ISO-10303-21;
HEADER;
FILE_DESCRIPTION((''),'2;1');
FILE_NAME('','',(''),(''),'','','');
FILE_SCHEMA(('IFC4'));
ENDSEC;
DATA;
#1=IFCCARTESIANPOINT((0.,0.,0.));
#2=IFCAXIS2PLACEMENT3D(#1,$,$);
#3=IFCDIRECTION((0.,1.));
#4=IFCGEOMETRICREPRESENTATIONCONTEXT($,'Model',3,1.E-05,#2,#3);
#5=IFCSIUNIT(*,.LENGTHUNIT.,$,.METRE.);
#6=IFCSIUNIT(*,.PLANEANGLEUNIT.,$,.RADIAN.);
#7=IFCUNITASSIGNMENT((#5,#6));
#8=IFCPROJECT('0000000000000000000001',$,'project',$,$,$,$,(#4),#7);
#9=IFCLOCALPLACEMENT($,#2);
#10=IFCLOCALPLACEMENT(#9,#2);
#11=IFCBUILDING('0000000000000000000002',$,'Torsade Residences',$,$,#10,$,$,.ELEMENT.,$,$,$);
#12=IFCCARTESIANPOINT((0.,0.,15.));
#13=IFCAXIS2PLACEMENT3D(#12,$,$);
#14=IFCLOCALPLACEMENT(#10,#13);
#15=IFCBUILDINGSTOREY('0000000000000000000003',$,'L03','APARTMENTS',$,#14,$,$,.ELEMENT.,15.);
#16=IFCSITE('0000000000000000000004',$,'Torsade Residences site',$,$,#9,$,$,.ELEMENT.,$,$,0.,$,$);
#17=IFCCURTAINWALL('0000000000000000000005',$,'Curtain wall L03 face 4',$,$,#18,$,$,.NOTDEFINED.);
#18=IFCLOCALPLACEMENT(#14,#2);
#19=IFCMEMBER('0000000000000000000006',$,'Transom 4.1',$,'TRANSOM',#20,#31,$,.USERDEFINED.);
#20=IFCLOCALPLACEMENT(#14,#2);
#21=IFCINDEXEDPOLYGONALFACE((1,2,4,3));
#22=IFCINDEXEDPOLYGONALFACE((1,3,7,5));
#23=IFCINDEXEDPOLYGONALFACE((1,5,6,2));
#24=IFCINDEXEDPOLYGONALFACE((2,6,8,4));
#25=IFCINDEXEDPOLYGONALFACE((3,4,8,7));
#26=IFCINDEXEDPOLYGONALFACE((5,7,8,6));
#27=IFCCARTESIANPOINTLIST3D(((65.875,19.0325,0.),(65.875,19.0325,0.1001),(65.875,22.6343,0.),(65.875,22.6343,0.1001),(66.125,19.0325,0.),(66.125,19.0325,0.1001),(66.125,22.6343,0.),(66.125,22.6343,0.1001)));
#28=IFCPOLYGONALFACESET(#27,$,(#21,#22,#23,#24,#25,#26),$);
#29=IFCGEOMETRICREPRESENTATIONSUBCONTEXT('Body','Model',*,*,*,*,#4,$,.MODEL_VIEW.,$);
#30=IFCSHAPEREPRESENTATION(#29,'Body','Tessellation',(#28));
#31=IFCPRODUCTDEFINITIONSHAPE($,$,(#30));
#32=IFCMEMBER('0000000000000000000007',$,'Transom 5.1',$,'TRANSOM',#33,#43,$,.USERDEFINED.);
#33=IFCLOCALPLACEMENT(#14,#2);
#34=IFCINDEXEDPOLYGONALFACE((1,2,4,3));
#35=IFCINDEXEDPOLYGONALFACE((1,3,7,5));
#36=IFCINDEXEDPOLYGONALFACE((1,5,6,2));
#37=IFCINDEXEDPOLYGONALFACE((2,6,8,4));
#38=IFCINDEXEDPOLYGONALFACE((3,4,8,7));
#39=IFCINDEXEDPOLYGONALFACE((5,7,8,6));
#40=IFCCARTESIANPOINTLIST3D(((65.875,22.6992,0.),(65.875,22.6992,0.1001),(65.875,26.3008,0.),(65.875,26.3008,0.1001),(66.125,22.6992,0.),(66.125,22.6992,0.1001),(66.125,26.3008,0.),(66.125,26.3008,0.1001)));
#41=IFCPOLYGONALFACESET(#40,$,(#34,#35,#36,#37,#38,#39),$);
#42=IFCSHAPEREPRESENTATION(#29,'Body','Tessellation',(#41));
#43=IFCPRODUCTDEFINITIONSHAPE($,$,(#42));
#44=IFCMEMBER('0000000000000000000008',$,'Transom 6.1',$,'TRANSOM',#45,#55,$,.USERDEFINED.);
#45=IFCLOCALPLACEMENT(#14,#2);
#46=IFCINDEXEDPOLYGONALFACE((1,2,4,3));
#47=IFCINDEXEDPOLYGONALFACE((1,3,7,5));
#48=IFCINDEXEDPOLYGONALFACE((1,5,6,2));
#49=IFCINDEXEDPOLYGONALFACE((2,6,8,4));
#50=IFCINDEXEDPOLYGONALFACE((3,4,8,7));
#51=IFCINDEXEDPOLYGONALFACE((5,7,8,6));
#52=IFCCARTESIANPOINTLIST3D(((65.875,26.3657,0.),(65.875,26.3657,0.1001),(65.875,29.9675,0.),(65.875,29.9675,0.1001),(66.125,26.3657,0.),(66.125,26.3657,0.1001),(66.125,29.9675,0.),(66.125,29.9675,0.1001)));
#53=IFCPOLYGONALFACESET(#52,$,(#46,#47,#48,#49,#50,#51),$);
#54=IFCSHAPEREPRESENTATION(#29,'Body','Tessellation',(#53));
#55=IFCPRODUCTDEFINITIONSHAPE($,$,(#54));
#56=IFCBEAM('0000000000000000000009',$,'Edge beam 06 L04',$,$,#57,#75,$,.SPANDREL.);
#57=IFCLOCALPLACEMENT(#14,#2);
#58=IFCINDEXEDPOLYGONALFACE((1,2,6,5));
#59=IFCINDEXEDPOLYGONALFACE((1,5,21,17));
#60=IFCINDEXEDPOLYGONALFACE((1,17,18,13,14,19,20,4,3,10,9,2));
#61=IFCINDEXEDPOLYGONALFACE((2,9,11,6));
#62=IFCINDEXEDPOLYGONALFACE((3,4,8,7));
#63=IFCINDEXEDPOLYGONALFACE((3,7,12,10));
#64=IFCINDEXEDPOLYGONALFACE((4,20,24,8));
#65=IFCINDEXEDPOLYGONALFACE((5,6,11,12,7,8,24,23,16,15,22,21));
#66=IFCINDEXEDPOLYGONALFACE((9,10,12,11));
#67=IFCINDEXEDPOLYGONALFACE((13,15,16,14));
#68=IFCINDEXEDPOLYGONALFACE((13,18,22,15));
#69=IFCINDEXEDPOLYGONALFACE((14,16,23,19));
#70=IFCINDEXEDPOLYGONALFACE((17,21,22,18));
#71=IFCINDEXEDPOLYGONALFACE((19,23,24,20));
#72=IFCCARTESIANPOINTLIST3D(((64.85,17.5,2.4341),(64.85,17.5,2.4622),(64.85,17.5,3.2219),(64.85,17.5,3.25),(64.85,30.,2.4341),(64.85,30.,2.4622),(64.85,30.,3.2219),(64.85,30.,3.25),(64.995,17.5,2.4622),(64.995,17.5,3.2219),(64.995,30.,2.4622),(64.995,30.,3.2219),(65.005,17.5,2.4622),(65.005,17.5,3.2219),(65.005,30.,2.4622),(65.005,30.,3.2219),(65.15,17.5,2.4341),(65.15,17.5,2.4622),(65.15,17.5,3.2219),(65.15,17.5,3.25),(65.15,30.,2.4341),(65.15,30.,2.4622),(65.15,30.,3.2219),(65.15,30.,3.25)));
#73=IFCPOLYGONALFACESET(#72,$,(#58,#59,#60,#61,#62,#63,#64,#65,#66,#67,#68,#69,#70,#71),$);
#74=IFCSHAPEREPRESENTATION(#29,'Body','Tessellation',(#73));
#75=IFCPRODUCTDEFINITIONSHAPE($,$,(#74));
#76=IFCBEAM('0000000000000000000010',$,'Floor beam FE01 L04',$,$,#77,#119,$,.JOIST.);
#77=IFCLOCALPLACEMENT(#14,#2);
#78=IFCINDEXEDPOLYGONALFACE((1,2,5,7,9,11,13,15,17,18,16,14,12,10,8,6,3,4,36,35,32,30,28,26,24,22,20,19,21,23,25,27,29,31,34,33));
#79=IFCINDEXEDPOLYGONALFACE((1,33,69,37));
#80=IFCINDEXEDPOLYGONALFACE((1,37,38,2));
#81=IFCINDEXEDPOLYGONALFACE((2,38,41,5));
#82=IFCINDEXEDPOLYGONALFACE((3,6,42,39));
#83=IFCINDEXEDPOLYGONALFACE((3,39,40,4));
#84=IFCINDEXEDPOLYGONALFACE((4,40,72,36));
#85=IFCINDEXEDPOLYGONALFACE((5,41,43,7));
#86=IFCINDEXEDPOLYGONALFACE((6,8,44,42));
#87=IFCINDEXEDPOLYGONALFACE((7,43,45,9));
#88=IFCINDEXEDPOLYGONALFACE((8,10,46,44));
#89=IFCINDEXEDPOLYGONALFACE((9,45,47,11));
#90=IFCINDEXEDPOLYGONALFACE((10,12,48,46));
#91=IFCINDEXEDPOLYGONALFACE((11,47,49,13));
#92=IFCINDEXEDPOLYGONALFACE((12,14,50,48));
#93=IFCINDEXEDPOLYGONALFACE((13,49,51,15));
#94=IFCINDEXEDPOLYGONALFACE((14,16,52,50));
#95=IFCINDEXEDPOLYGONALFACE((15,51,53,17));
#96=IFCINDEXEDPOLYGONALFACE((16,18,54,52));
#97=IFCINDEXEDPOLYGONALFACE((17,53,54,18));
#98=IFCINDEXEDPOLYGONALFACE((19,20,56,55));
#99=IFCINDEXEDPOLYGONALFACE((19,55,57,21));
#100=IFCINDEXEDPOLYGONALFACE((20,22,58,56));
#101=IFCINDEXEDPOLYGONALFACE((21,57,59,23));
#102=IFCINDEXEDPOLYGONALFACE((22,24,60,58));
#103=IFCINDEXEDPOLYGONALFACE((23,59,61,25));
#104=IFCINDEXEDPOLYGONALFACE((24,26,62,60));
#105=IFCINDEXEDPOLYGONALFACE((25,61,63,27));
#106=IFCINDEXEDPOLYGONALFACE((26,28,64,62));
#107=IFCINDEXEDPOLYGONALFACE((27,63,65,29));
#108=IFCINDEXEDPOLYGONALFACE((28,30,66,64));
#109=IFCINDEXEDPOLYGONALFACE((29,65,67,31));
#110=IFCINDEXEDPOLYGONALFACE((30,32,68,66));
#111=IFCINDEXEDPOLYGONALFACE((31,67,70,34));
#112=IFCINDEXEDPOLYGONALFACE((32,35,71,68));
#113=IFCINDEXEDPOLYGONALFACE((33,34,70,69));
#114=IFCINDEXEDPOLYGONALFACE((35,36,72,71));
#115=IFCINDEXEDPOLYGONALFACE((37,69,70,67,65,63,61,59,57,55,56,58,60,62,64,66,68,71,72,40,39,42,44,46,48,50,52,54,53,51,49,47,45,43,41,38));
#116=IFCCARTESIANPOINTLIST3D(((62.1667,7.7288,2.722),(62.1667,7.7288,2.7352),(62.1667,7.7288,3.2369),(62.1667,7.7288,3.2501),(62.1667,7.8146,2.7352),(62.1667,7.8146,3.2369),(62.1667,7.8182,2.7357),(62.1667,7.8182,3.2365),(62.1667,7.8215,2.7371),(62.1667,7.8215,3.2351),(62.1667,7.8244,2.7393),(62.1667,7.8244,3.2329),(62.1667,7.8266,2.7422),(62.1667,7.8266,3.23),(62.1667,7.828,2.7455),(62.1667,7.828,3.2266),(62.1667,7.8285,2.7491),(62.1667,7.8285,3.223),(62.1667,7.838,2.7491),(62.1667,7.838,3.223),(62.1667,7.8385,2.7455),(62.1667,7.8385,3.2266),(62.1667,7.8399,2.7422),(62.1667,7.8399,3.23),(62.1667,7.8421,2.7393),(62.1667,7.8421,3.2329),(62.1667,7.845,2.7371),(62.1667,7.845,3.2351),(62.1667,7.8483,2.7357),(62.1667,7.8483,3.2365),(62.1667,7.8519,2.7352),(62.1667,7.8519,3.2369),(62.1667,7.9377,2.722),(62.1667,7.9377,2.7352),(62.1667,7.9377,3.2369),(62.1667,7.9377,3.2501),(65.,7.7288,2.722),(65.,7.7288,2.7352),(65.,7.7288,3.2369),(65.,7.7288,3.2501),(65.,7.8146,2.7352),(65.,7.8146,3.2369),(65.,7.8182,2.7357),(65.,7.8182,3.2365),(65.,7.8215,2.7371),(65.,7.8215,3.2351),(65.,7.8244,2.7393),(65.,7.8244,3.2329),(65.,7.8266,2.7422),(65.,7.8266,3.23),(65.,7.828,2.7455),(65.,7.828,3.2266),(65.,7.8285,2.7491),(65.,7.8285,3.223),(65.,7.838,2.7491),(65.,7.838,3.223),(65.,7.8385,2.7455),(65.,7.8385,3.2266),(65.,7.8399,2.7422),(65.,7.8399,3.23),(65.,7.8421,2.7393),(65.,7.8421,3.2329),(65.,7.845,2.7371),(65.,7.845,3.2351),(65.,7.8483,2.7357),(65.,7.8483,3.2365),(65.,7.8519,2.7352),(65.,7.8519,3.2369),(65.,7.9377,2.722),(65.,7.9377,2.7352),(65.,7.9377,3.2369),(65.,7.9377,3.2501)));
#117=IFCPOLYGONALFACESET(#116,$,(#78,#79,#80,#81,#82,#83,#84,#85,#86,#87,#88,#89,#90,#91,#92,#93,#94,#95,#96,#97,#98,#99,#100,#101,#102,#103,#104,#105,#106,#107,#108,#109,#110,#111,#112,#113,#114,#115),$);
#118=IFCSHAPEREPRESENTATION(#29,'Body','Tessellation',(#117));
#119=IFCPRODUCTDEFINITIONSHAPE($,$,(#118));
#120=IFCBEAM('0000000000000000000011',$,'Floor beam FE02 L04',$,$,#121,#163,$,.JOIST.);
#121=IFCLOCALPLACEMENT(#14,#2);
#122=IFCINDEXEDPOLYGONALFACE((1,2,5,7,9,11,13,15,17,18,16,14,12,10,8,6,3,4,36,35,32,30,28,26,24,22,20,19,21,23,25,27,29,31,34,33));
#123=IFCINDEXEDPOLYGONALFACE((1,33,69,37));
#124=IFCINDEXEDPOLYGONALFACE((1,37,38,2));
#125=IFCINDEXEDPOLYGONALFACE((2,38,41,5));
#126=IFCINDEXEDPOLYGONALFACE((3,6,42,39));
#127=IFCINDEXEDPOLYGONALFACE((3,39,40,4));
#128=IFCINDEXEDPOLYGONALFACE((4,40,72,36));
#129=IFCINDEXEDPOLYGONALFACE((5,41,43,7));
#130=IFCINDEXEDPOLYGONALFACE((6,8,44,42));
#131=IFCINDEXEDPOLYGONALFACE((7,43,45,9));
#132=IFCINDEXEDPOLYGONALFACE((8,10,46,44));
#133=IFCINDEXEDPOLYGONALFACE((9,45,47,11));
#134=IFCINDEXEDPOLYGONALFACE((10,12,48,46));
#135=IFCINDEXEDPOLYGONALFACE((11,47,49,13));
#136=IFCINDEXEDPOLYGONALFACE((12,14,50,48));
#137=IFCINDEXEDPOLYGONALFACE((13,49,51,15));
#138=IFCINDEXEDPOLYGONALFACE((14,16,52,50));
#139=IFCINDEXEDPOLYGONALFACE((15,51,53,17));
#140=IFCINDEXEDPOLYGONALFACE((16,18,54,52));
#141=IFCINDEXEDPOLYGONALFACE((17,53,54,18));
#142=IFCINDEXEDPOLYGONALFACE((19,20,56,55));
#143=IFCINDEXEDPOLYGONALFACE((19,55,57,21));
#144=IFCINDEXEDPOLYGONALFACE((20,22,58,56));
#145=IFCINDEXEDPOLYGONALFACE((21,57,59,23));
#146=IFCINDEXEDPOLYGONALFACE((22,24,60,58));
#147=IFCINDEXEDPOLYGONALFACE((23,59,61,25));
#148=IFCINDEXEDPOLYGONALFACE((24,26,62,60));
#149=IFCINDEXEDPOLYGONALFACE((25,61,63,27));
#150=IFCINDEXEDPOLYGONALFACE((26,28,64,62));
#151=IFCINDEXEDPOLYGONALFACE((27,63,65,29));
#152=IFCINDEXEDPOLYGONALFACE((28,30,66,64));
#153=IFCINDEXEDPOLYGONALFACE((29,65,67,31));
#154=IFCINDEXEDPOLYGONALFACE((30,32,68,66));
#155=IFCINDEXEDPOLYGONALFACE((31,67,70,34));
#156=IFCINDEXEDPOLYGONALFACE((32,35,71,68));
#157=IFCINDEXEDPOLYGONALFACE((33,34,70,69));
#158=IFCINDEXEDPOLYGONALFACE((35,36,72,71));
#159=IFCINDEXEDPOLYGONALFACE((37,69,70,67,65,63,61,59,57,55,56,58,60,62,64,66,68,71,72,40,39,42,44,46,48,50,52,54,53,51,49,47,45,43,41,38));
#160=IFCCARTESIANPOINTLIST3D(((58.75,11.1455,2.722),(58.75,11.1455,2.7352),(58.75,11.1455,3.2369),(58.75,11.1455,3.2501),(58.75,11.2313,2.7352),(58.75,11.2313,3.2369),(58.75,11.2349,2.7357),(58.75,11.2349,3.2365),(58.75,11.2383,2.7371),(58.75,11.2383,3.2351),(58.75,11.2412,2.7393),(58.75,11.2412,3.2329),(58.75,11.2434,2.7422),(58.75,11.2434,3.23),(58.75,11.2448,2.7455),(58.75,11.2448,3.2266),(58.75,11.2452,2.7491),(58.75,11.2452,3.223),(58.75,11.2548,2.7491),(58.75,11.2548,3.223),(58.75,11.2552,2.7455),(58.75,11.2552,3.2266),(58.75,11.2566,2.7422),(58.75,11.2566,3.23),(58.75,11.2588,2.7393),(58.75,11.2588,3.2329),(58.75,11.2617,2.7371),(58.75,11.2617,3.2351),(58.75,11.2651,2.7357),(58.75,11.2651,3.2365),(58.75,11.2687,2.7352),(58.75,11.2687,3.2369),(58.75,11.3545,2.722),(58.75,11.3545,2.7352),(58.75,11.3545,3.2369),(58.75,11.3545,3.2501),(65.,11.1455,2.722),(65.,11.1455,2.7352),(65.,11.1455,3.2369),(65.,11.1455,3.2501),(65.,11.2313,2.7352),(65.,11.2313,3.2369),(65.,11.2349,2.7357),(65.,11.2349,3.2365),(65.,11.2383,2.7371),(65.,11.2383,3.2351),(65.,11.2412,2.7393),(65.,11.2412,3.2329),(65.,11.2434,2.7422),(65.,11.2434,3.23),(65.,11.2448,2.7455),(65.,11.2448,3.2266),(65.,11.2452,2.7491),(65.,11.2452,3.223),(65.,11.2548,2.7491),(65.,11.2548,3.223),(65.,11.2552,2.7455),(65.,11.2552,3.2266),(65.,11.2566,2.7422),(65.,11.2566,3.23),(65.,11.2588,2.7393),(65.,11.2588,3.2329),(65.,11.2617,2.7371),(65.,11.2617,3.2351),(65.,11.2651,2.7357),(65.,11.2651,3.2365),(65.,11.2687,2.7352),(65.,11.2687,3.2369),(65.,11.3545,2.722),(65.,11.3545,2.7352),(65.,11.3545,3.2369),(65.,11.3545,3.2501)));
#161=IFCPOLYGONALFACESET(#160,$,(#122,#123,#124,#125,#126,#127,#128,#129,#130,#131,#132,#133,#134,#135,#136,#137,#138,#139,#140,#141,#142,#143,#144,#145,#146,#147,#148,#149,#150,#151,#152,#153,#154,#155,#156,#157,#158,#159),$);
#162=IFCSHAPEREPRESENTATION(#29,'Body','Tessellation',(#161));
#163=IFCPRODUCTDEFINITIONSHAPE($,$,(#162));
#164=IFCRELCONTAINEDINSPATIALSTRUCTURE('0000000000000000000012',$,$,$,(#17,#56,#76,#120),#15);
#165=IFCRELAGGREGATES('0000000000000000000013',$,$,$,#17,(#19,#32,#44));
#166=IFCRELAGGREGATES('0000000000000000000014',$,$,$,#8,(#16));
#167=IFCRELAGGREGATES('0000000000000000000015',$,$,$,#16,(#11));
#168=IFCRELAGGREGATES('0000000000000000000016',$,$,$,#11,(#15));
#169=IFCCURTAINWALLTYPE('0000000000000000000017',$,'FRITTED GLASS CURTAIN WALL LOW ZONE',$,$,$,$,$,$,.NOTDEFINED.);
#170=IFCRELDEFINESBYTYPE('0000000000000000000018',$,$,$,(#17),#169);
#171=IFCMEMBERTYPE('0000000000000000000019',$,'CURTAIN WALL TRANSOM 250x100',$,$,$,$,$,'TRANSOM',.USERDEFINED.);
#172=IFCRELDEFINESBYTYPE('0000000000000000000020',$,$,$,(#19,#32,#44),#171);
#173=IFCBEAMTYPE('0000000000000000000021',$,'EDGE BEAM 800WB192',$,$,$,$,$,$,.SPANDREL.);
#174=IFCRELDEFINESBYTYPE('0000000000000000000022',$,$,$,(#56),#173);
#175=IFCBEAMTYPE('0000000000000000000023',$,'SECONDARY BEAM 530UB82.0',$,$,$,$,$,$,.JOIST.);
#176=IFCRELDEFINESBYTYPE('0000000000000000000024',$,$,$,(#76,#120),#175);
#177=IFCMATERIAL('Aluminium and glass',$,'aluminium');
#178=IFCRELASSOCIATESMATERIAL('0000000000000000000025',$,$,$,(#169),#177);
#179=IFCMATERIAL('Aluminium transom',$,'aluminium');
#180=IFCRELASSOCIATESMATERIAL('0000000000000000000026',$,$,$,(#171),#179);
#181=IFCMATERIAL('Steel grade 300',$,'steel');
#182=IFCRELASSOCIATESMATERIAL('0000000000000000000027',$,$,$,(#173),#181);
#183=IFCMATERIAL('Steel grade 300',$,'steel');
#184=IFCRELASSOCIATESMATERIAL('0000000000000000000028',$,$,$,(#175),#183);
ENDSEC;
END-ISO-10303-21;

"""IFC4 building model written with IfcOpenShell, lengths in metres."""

from ifc_helpers import new_model, si_unit, direction, frame, origin, origin_2d, place, context, subcontext, project, spatial, rectangle, i_section, extrude, material, material_profile, profile_set, type_object, element, aggregate, save


model = new_model("IFC4")

# Units and contexts
model_context = context("Model", 3, precision=1e-05, world=origin(), true_north=direction((0.0, 1.0)))
body_context = subcontext(model_context, "Body", "Model", "MODEL_VIEW")
ifc_project = project(units=[si_unit("LENGTHUNIT", "METRE"), si_unit("PLANEANGLEUNIT", "RADIAN")], contexts=[model_context])

# Site, building, storey
site_placement = place(None, origin())
site = spatial("IfcSite", under=ifc_project, at=site_placement, Name="Torsade Residences site", CompositionType="ELEMENT", RefElevation=0.0)
building_placement = place(site_placement, origin())
building = spatial("IfcBuilding", under=site, at=building_placement, Name="Torsade Residences", CompositionType="ELEMENT")
storey_placement = place(building_placement, frame((0.0, 0.0, 15.0)))
storey = spatial("IfcBuildingStorey", under=building, at=storey_placement, Name="L03", Description="APARTMENTS", CompositionType="ELEMENT", Elevation=15.0)

# Curtain wall, members
ifc_material_1 = material(Name="Aluminium and glass", Category="aluminium")
curtain_wall_type = type_object("IfcCurtainWallType", Name="FRITTED GLASS CURTAIN WALL LOW ZONE", PredefinedType="NOTDEFINED", material=ifc_material_1)
curtain_wall_placement = place(storey_placement, origin())
curtain_wall = element("IfcCurtainWall", 1, at=curtain_wall_placement, inside=storey, type_object=curtain_wall_type, Name="Curtain wall L03 face 4", PredefinedType="NOTDEFINED")
ifc_material_2 = material(Name="Aluminium transom", Category="aluminium")
ifc_material_profile_1 = material_profile(ifc_material_2, rectangle(XDim=0.25, YDim=0.1001, at=origin_2d()), Name="CURTAIN WALL TRANSOM 250x100")
ifc_profile_set_1 = profile_set([ifc_material_profile_1], Name="Aluminium transom")
member_type_1 = type_object("IfcMemberType", Name="CURTAIN WALL TRANSOM 250x100", ElementType="TRANSOM", PredefinedType="USERDEFINED", material=ifc_profile_set_1)
member_1_placement = place(storey_placement, frame((66.0, 19.0325, 0.05), z_axis=(0.0, 1.0, 0.0), x_axis=(-1.0, 0.0, 0.0)))
member_1 = element("IfcMember", 2, at=member_1_placement, type_object=member_type_1, Name="Transom 4.1", ObjectType="TRANSOM", PredefinedType="USERDEFINED", context=body_context, shape_type="SweptSolid", body=[
    extrude(rectangle(XDim=0.25, YDim=0.1001, at=origin_2d()), origin(), (0.0, 0.0, 1.0), 3.6018),
])
member_2_placement = place(storey_placement, frame((66.0, 22.6992, 0.05), z_axis=(0.0, 1.0, 0.0), x_axis=(-1.0, 0.0, 0.0)))
member_2 = element("IfcMember", 3, at=member_2_placement, type_object=member_type_1, Name="Transom 5.1", ObjectType="TRANSOM", PredefinedType="USERDEFINED", context=body_context, shape_type="SweptSolid", body=[
    extrude(rectangle(XDim=0.25, YDim=0.1001, at=origin_2d()), origin(), (0.0, 0.0, 1.0), 3.6016),
])
member_3_placement = place(storey_placement, frame((66.0, 26.3657, 0.05), z_axis=(0.0, 1.0, 0.0), x_axis=(-1.0, 0.0, 0.0)))
member_3 = element("IfcMember", 4, at=member_3_placement, type_object=member_type_1, Name="Transom 6.1", ObjectType="TRANSOM", PredefinedType="USERDEFINED", context=body_context, shape_type="SweptSolid", body=[
    extrude(rectangle(XDim=0.25, YDim=0.1001, at=origin_2d()), origin(), (0.0, 0.0, 1.0), 3.6018),
])

# Beams
ifc_material_3 = material(Name="Steel grade 300", Category="steel")
ifc_material_profile_2 = material_profile(ifc_material_3, i_section(OverallWidth=0.3, OverallDepth=0.8159, WebThickness=0.01, FlangeThickness=0.0281, at=origin_2d()), Name="800WB192")
ifc_profile_set_2 = profile_set([ifc_material_profile_2], Name="Steel grade 300")
beam_type_1 = type_object("IfcBeamType", Name="EDGE BEAM 800WB192", PredefinedType="SPANDREL", material=ifc_profile_set_2)
beam_1_placement = place(storey_placement, frame((65.0, 17.5, 2.842), z_axis=(0.0, 1.0, 0.0), x_axis=(-1.0, 0.0, 0.0)))
element("IfcBeam", 5, at=beam_1_placement, inside=storey, type_object=beam_type_1, Name="Edge beam 06 L04", PredefinedType="SPANDREL", context=body_context, shape_type="SweptSolid", body=[
    extrude(i_section(OverallWidth=0.3, OverallDepth=0.8159, WebThickness=0.01, FlangeThickness=0.0281, at=origin_2d()), origin(), (0.0, 0.0, 1.0), 12.5),
])
ifc_material_4 = material(Name="Steel grade 300", Category="steel")
ifc_material_profile_3 = material_profile(ifc_material_4, i_section(OverallWidth=0.209, OverallDepth=0.5281, WebThickness=0.0095, FlangeThickness=0.0132, FilletRadius=0.0139, at=origin_2d()), Name="530UB82.0")
ifc_profile_set_3 = profile_set([ifc_material_profile_3], Name="Steel grade 300")
beam_type_2 = type_object("IfcBeamType", Name="SECONDARY BEAM 530UB82.0", PredefinedType="JOIST", material=ifc_profile_set_3)
beam_2_placement = place(storey_placement, frame((65.0, 7.8333, 2.9861), z_axis=(-1.0, 0.0, 0.0), x_axis=(0.0, -1.0, 0.0)))
element("IfcBeam", 6, at=beam_2_placement, inside=storey, type_object=beam_type_2, Name="Floor beam FE01 L04", PredefinedType="JOIST", context=body_context, shape_type="SweptSolid", body=[
    extrude(i_section(OverallWidth=0.209, OverallDepth=0.5281, WebThickness=0.0095, FlangeThickness=0.0132, FilletRadius=0.0139, at=origin_2d()), origin(), (0.0, 0.0, 1.0), 2.8333),
])
beam_3_placement = place(storey_placement, frame((65.0, 11.25, 2.9861), z_axis=(-1.0, 0.0, 0.0), x_axis=(0.0, -1.0, 0.0)))
element("IfcBeam", 7, at=beam_3_placement, inside=storey, type_object=beam_type_2, Name="Floor beam FE02 L04", PredefinedType="JOIST", context=body_context, shape_type="SweptSolid", body=[
    extrude(i_section(OverallWidth=0.209, OverallDepth=0.5281, WebThickness=0.0095, FlangeThickness=0.0132, FilletRadius=0.0139, at=origin_2d()), origin(), (0.0, 0.0, 1.0), 6.25),
])

aggregate(curtain_wall, [member_1, member_2, member_3])

save(model, "model.ifc")
